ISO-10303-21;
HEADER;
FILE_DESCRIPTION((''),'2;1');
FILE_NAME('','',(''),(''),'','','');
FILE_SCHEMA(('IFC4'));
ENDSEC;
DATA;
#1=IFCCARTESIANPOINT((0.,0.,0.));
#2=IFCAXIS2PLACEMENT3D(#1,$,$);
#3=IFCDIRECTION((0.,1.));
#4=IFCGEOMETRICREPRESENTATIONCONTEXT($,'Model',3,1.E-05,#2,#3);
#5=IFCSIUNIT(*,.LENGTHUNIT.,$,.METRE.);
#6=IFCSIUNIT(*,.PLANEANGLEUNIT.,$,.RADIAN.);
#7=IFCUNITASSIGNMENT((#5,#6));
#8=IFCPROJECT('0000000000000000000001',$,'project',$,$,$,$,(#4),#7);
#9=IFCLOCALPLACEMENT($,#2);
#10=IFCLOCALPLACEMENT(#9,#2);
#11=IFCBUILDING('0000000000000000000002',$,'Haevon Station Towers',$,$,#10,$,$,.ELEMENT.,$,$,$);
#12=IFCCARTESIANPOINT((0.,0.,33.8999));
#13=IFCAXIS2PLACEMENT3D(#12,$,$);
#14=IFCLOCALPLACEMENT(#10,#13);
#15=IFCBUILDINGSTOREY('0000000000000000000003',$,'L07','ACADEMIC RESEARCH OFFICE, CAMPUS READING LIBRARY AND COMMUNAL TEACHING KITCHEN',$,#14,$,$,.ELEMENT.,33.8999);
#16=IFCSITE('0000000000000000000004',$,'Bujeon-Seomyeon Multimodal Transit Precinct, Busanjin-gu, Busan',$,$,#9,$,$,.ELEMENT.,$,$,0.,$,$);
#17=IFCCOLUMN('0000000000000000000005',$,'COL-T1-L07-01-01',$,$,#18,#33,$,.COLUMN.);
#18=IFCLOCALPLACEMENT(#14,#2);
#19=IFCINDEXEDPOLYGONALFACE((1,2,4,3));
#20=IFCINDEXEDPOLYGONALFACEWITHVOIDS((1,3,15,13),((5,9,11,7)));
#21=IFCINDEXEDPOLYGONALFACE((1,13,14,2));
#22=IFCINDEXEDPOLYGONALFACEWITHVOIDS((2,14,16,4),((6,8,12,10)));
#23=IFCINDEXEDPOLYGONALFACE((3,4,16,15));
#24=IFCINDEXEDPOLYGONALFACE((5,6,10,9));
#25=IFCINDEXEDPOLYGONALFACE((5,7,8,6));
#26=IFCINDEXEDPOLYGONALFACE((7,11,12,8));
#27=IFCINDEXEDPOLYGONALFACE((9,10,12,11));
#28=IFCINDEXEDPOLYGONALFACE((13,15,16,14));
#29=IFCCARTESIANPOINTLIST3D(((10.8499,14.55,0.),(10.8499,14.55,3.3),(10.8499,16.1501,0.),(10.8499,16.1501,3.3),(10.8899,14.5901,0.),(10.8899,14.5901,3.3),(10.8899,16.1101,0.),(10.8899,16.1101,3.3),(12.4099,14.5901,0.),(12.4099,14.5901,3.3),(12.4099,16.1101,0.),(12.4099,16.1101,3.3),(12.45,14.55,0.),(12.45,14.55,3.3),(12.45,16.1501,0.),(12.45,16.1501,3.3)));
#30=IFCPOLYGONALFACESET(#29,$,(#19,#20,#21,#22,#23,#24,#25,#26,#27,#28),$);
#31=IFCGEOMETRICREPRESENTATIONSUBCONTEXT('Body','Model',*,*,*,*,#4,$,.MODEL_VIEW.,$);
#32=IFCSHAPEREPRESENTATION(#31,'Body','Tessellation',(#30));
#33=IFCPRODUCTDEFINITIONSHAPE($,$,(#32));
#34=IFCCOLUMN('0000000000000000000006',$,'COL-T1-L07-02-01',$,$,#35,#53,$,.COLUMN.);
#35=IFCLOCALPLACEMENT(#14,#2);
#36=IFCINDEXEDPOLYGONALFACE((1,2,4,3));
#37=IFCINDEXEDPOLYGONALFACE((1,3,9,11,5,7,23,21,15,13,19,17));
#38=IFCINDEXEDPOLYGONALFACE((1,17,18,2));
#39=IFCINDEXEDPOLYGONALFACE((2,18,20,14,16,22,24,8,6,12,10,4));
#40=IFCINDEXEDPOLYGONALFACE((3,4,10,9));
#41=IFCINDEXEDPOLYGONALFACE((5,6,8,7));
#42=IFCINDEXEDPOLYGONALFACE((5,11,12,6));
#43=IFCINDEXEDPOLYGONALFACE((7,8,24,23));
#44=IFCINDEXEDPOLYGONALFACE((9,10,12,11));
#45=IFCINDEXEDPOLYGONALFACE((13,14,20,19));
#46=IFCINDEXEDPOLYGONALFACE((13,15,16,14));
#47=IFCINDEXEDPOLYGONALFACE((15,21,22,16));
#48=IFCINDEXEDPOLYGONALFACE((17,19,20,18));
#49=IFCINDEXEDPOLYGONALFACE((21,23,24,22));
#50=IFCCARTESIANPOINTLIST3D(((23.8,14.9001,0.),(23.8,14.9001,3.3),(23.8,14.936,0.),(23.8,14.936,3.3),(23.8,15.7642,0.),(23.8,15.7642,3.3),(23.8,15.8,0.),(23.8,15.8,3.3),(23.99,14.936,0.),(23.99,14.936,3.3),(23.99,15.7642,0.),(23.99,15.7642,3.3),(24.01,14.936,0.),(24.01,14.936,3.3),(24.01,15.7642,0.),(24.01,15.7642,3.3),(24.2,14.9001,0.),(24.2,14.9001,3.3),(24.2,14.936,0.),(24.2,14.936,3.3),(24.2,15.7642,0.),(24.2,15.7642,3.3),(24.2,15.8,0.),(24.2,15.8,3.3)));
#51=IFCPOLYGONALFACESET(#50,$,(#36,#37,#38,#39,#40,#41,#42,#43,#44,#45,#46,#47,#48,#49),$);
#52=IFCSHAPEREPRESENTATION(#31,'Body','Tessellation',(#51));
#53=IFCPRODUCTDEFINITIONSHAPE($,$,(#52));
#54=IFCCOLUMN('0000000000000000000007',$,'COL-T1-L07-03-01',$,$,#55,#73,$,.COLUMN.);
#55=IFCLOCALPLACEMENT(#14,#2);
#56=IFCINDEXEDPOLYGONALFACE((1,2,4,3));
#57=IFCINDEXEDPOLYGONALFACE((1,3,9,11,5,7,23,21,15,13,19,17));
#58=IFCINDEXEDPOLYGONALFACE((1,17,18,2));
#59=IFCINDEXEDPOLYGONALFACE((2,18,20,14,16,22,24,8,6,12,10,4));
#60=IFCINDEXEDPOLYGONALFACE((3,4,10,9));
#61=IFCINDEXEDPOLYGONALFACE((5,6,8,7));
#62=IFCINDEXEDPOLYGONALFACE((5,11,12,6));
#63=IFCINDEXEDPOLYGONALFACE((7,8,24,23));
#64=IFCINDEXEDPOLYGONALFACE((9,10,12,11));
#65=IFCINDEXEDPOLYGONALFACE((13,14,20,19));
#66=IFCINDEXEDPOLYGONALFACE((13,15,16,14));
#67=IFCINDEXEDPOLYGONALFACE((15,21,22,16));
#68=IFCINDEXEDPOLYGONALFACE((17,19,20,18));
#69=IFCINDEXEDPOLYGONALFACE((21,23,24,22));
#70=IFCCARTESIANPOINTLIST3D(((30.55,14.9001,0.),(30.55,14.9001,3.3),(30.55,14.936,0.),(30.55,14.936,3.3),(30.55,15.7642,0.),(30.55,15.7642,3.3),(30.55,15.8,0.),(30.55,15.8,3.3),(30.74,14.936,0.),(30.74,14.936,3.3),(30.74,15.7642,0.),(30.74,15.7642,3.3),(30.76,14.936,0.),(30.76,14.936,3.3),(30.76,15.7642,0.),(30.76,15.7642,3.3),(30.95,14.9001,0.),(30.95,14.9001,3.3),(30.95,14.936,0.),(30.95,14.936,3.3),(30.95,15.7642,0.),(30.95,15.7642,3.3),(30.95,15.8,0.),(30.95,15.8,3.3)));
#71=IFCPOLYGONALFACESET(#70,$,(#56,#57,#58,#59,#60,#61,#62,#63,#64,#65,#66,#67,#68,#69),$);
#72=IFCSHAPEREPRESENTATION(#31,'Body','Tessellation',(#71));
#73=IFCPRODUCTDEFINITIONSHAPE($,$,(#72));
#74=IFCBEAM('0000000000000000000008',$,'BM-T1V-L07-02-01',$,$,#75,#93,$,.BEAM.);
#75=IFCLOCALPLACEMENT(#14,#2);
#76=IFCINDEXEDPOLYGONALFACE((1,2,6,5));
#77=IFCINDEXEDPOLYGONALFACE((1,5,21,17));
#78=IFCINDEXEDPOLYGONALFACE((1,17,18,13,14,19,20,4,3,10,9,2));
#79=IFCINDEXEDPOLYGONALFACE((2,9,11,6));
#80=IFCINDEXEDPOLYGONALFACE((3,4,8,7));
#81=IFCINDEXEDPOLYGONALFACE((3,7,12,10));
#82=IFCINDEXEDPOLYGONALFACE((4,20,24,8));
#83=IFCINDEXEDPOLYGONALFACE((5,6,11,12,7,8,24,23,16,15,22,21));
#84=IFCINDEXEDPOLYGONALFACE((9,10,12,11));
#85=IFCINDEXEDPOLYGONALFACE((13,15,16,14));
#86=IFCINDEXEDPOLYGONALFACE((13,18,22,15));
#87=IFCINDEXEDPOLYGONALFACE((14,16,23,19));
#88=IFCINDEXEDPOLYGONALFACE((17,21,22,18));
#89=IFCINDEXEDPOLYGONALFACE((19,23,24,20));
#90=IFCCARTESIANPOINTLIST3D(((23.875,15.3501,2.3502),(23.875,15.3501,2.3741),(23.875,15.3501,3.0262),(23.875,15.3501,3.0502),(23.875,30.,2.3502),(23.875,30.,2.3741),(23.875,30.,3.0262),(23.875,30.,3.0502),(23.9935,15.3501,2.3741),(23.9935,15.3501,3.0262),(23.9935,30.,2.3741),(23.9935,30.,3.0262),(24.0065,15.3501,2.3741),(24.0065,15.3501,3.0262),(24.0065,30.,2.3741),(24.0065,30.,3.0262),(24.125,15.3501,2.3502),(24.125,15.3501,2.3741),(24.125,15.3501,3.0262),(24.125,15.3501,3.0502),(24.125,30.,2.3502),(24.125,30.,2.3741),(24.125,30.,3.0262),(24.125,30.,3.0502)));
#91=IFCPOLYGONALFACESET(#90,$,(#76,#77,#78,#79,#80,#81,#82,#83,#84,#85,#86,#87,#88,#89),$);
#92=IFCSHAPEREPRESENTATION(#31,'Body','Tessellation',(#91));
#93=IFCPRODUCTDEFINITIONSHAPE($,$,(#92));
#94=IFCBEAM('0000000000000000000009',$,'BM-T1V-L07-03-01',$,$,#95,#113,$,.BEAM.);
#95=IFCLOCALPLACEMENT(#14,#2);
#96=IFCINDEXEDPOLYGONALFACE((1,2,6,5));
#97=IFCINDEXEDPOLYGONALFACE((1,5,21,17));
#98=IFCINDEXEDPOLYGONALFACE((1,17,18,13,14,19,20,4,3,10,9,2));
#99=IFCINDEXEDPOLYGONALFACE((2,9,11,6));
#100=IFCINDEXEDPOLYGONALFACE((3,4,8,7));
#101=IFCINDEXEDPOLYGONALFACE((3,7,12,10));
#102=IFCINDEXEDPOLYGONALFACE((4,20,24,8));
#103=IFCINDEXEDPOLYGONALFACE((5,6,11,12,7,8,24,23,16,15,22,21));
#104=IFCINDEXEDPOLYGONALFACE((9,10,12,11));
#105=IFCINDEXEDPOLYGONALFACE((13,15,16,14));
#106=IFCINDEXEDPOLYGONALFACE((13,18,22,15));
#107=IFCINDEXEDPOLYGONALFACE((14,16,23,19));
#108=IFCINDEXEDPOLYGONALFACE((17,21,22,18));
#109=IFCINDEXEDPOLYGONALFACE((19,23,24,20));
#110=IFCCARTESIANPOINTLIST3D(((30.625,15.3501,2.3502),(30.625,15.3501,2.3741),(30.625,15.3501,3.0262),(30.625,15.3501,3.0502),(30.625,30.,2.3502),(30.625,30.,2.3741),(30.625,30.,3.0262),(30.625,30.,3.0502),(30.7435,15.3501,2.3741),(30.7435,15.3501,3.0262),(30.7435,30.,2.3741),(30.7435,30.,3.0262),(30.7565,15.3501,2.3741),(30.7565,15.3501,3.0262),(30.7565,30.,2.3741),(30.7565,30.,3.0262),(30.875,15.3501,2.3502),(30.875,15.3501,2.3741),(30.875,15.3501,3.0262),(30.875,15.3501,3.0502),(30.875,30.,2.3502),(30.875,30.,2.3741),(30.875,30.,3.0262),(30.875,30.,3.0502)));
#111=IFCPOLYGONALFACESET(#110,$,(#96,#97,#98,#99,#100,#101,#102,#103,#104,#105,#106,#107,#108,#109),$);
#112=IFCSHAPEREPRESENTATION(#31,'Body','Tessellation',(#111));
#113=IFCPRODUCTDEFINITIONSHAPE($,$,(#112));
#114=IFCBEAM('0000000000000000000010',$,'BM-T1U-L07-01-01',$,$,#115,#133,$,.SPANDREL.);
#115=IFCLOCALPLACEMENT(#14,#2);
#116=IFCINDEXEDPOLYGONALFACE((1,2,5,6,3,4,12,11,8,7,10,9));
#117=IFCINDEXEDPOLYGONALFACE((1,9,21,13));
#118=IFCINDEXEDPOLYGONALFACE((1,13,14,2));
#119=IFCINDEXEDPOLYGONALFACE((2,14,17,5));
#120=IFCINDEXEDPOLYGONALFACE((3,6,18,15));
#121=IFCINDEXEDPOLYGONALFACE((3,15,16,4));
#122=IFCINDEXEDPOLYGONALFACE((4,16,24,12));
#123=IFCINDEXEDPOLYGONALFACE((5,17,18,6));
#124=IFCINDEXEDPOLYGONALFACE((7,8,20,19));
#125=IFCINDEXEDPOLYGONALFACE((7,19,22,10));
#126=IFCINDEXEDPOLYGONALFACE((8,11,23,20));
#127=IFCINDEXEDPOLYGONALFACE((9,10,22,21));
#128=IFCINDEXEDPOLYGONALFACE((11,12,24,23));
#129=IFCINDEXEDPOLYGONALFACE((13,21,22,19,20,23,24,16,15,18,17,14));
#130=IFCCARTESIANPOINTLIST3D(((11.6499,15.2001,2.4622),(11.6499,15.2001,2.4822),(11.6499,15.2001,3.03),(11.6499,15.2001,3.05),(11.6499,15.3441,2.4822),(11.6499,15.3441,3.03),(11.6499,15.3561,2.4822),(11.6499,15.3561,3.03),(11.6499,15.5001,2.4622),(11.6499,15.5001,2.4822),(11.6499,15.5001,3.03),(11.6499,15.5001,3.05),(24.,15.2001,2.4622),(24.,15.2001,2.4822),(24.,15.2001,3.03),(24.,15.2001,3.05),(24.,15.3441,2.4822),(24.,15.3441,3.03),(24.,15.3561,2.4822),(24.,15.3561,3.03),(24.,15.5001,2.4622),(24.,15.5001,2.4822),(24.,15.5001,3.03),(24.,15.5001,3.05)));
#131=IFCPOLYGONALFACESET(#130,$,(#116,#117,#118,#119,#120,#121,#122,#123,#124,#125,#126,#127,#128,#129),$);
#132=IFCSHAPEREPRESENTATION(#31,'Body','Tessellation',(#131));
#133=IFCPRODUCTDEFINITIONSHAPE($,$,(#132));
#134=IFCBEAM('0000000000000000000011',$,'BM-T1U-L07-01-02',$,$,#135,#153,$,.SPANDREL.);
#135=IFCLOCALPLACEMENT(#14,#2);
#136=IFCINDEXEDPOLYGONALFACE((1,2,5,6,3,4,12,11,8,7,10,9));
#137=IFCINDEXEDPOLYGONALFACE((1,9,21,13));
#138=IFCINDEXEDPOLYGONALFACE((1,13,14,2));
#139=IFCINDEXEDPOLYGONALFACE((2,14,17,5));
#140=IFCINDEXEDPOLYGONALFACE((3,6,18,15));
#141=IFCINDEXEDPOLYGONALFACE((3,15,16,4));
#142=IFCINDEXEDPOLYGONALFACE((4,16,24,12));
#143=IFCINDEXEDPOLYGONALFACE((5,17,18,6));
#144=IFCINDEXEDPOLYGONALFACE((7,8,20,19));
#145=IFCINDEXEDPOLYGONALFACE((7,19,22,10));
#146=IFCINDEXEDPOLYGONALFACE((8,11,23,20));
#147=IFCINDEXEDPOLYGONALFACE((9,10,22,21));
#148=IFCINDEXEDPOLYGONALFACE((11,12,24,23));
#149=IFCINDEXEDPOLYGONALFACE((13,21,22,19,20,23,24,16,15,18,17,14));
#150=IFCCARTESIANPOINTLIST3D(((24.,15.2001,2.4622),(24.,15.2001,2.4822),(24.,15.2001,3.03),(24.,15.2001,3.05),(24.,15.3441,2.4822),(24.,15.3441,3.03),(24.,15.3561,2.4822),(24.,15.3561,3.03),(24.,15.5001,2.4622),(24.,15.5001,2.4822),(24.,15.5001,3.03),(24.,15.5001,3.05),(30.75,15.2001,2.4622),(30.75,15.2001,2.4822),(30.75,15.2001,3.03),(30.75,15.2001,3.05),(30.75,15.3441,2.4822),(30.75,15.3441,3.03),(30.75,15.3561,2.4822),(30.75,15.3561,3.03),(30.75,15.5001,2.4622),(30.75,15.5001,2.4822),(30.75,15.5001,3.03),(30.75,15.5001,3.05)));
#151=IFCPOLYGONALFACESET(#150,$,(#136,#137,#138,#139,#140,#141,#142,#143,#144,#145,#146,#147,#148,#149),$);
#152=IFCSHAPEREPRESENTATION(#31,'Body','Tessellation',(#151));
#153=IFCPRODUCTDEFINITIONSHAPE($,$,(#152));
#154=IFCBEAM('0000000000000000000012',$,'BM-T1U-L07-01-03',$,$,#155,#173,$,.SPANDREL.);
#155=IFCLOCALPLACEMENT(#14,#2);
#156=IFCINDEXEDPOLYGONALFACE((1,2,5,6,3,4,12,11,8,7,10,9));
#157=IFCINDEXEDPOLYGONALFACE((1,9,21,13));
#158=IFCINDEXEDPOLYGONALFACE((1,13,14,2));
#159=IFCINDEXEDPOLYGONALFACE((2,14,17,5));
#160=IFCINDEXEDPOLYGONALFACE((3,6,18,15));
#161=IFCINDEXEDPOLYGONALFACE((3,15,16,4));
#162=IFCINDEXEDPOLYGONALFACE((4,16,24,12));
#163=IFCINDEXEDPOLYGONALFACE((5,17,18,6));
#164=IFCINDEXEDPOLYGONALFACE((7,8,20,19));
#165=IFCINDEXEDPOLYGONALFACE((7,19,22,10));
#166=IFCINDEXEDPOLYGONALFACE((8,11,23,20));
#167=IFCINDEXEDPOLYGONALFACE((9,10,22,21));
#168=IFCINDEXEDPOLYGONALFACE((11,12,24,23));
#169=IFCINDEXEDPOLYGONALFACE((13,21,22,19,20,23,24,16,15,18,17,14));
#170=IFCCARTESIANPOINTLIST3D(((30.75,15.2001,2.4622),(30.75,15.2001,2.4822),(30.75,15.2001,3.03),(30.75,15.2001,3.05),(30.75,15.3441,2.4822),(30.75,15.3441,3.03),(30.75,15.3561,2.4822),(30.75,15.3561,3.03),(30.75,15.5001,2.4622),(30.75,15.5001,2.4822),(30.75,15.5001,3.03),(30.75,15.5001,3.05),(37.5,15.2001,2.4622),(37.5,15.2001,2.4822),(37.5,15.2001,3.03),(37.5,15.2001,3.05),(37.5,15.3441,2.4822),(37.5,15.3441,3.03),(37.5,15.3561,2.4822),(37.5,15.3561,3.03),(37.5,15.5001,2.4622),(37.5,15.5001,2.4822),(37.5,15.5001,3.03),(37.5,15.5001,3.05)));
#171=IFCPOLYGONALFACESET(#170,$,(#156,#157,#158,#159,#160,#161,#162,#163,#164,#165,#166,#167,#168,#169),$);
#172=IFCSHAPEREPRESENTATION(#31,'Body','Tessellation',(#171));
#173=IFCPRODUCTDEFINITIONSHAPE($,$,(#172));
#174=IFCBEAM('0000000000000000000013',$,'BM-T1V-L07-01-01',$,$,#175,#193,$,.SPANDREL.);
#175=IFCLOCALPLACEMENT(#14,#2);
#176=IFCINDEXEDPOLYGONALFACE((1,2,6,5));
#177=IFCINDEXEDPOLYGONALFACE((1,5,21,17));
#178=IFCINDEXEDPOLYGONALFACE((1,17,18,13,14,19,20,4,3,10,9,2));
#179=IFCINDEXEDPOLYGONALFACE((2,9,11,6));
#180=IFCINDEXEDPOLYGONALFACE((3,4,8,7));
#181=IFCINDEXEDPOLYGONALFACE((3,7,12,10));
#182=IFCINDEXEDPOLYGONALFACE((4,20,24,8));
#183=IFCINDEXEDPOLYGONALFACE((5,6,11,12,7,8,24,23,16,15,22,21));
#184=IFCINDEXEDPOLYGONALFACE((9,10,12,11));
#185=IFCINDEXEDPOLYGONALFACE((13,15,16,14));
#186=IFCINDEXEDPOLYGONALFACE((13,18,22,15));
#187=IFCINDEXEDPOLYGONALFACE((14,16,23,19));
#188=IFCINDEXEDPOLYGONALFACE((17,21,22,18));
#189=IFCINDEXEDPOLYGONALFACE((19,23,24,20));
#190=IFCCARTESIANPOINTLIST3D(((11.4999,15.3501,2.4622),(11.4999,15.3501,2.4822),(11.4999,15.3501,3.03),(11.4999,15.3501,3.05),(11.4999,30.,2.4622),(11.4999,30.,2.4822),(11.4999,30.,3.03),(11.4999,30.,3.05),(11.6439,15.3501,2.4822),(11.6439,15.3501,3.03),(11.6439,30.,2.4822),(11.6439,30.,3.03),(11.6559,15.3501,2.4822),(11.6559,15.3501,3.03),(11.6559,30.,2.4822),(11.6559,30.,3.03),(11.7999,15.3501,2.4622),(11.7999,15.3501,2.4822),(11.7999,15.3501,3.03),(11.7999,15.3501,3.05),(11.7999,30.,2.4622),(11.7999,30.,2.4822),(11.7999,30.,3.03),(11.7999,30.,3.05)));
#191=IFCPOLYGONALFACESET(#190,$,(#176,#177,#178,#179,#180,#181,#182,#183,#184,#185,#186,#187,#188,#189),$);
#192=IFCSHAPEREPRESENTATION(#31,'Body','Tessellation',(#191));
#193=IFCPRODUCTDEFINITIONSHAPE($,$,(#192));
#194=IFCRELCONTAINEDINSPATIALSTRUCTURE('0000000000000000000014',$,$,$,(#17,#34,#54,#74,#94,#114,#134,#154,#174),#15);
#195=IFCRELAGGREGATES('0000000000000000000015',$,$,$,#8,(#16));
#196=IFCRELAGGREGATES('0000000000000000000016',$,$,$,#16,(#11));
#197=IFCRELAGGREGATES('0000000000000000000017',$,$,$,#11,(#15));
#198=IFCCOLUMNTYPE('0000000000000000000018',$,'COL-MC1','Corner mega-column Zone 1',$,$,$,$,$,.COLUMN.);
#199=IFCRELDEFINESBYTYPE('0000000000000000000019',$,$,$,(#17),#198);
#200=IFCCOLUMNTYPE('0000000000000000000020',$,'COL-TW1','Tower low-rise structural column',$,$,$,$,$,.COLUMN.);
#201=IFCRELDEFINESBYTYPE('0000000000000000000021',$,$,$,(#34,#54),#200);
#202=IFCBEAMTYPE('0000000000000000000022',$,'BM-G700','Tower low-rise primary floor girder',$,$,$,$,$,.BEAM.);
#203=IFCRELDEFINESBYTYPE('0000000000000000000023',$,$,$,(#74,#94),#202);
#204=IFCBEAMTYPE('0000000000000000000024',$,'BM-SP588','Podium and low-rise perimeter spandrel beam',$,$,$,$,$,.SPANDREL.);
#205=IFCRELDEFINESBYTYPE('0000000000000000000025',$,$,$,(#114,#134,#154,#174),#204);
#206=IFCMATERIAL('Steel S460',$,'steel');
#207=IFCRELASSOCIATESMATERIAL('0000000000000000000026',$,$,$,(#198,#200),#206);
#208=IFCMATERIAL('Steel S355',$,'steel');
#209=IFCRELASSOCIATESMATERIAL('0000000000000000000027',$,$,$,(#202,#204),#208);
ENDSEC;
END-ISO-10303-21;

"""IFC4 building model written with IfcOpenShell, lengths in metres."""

from ifc_helpers import new_model, si_unit, direction, frame, origin, origin_2d, place, context, subcontext, project, spatial, hollow_rectangle, i_section, extrude, material, material_profile, profile_set, type_object, element, save


model = new_model("IFC4")

# Units and contexts
model_context = context("Model", 3, precision=1e-05, world=origin(), true_north=direction((0.0, 1.0)))
body_context = subcontext(model_context, "Body", "Model", "MODEL_VIEW")
ifc_project = project(units=[si_unit("LENGTHUNIT", "METRE"), si_unit("PLANEANGLEUNIT", "RADIAN")], contexts=[model_context])

# Site, building, storey
site_placement = place(None, origin())
site = spatial("IfcSite", under=ifc_project, at=site_placement, Name="Bujeon-Seomyeon Multimodal Transit Precinct, Busanjin-gu, Busan", CompositionType="ELEMENT", RefElevation=0.0)
building_placement = place(site_placement, origin())
building = spatial("IfcBuilding", under=site, at=building_placement, Name="Haevon Station Towers", CompositionType="ELEMENT")
storey_placement = place(building_placement, frame((0.0, 0.0, 33.8999)))
storey = spatial("IfcBuildingStorey", under=building, at=storey_placement, Name="L07", Description="ACADEMIC RESEARCH OFFICE, CAMPUS READING LIBRARY AND COMMUNAL TEACHING KITCHEN", CompositionType="ELEMENT", Elevation=33.8999)

# Columns
ifc_material_1 = material(Name="Steel S460", Category="steel")
ifc_material_profile_1 = material_profile(ifc_material_1, hollow_rectangle(XDim=1.6001, YDim=1.6001, WallThickness=0.04, at=origin_2d()), Name="BOX-1600x1600x40")
ifc_profile_set_1 = profile_set([ifc_material_profile_1], Name="Steel S460")
column_type_1 = type_object("IfcColumnType", Name="COL-MC1", Description="Corner mega-column Zone 1", PredefinedType="COLUMN", material=ifc_profile_set_1)
column_placement = place(storey_placement, frame((11.6499, 15.3501, 0.0), z_axis=(0.0, 0.0, 1.0), x_axis=(1.0, 0.0, 0.0)))
element("IfcColumn", 1, at=column_placement, inside=storey, type_object=column_type_1, Name="COL-T1-L07-01-01", PredefinedType="COLUMN", context=body_context, shape_type="SweptSolid", body=[
    extrude(hollow_rectangle(XDim=1.6001, YDim=1.6001, WallThickness=0.04, at=origin_2d()), origin(), (0.0, 0.0, 1.0), 3.3),
])
ifc_material_profile_2 = material_profile(ifc_material_1, i_section(OverallWidth=0.3999, OverallDepth=0.8999, WebThickness=0.02, FlangeThickness=0.0359, at=origin_2d()), Name="H-900x400x20x36")
ifc_profile_set_2 = profile_set([ifc_material_profile_2], Name="Steel S460")
column_type_2 = type_object("IfcColumnType", Name="COL-TW1", Description="Tower low-rise structural column", PredefinedType="COLUMN", material=ifc_profile_set_2)
for number, where, z_axis, x_axis, name in (
    (2, (24.0, 15.3501, 0.0), (0.0, 0.0, 1.0), (1.0, 0.0, 0.0), "COL-T1-L07-02-01"),
    (3, (30.75, 15.3501, 0.0), (0.0, 0.0, 1.0), (1.0, 0.0, 0.0), "COL-T1-L07-03-01"),
):
    element("IfcColumn", number, at=place(storey_placement, frame(where, z_axis=z_axis, x_axis=x_axis)), inside=storey, type_object=column_type_2, Name=name, PredefinedType="COLUMN", context=body_context, shape_type="SweptSolid", body=[
        extrude(i_section(OverallWidth=0.3999, OverallDepth=0.8999, WebThickness=0.02, FlangeThickness=0.0359, at=origin_2d()), origin(), (0.0, 0.0, 1.0), 3.3),
    ])

# Beams
ifc_material_2 = material(Name="Steel S355", Category="steel")
ifc_material_profile_3 = material_profile(ifc_material_2, i_section(OverallWidth=0.25, OverallDepth=0.7, WebThickness=0.0129, FlangeThickness=0.0239, at=origin_2d()), Name="H-700x250x13x24")
ifc_profile_set_3 = profile_set([ifc_material_profile_3], Name="Steel S355")
beam_type_1 = type_object("IfcBeamType", Name="BM-G700", Description="Tower low-rise primary floor girder", PredefinedType="BEAM", material=ifc_profile_set_3)
for number, where, z_axis, x_axis, name in (
    (4, (24.0, 15.3501, 2.7002), (0.0, 1.0, 0.0), (-1.0, 0.0, 0.0), "BM-T1V-L07-02-01"),
    (5, (30.75, 15.3501, 2.7002), (0.0, 1.0, 0.0), (-1.0, 0.0, 0.0), "BM-T1V-L07-03-01"),
):
    element("IfcBeam", number, at=place(storey_placement, frame(where, z_axis=z_axis, x_axis=x_axis)), inside=storey, type_object=beam_type_1, Name=name, PredefinedType="BEAM", context=body_context, shape_type="SweptSolid", body=[
        extrude(i_section(OverallWidth=0.25, OverallDepth=0.7, WebThickness=0.0129, FlangeThickness=0.0239, at=origin_2d()), origin(), (0.0, 0.0, 1.0), 14.6499),
    ])
ifc_material_profile_4 = material_profile(ifc_material_2, i_section(OverallWidth=0.3, OverallDepth=0.5879, WebThickness=0.012, FlangeThickness=0.02, at=origin_2d()), Name="H-588x300x12x20")
ifc_profile_set_4 = profile_set([ifc_material_profile_4], Name="Steel S355")
beam_type_2 = type_object("IfcBeamType", Name="BM-SP588", Description="Podium and low-rise perimeter spandrel beam", PredefinedType="SPANDREL", material=ifc_profile_set_4)
beam_1_placement = place(storey_placement, frame((11.6499, 15.3501, 2.7561), z_axis=(1.0, 0.0, 0.0), x_axis=(0.0, 1.0, 0.0)))
element("IfcBeam", 6, at=beam_1_placement, inside=storey, type_object=beam_type_2, Name="BM-T1U-L07-01-01", PredefinedType="SPANDREL", context=body_context, shape_type="SweptSolid", body=[
    extrude(i_section(OverallWidth=0.3, OverallDepth=0.5879, WebThickness=0.012, FlangeThickness=0.02, at=origin_2d()), origin(), (0.0, 0.0, 1.0), 12.3501),
])
for number, where, z_axis, x_axis, name in (
    (7, (24.0, 15.3501, 2.7561), (1.0, 0.0, 0.0), (0.0, 1.0, 0.0), "BM-T1U-L07-01-02"),
    (8, (30.75, 15.3501, 2.7561), (1.0, 0.0, 0.0), (0.0, 1.0, 0.0), "BM-T1U-L07-01-03"),
):
    element("IfcBeam", number, at=place(storey_placement, frame(where, z_axis=z_axis, x_axis=x_axis)), inside=storey, type_object=beam_type_2, Name=name, PredefinedType="SPANDREL", context=body_context, shape_type="SweptSolid", body=[
        extrude(i_section(OverallWidth=0.3, OverallDepth=0.5879, WebThickness=0.012, FlangeThickness=0.02, at=origin_2d()), origin(), (0.0, 0.0, 1.0), 6.75),
    ])
beam_2_placement = place(storey_placement, frame((11.6499, 15.3501, 2.7561), z_axis=(0.0, 1.0, 0.0), x_axis=(-1.0, 0.0, 0.0)))
element("IfcBeam", 9, at=beam_2_placement, inside=storey, type_object=beam_type_2, Name="BM-T1V-L07-01-01", PredefinedType="SPANDREL", context=body_context, shape_type="SweptSolid", body=[
    extrude(i_section(OverallWidth=0.3, OverallDepth=0.5879, WebThickness=0.012, FlangeThickness=0.02, at=origin_2d()), origin(), (0.0, 0.0, 1.0), 14.6499),
])

save(model, "model.ifc")
